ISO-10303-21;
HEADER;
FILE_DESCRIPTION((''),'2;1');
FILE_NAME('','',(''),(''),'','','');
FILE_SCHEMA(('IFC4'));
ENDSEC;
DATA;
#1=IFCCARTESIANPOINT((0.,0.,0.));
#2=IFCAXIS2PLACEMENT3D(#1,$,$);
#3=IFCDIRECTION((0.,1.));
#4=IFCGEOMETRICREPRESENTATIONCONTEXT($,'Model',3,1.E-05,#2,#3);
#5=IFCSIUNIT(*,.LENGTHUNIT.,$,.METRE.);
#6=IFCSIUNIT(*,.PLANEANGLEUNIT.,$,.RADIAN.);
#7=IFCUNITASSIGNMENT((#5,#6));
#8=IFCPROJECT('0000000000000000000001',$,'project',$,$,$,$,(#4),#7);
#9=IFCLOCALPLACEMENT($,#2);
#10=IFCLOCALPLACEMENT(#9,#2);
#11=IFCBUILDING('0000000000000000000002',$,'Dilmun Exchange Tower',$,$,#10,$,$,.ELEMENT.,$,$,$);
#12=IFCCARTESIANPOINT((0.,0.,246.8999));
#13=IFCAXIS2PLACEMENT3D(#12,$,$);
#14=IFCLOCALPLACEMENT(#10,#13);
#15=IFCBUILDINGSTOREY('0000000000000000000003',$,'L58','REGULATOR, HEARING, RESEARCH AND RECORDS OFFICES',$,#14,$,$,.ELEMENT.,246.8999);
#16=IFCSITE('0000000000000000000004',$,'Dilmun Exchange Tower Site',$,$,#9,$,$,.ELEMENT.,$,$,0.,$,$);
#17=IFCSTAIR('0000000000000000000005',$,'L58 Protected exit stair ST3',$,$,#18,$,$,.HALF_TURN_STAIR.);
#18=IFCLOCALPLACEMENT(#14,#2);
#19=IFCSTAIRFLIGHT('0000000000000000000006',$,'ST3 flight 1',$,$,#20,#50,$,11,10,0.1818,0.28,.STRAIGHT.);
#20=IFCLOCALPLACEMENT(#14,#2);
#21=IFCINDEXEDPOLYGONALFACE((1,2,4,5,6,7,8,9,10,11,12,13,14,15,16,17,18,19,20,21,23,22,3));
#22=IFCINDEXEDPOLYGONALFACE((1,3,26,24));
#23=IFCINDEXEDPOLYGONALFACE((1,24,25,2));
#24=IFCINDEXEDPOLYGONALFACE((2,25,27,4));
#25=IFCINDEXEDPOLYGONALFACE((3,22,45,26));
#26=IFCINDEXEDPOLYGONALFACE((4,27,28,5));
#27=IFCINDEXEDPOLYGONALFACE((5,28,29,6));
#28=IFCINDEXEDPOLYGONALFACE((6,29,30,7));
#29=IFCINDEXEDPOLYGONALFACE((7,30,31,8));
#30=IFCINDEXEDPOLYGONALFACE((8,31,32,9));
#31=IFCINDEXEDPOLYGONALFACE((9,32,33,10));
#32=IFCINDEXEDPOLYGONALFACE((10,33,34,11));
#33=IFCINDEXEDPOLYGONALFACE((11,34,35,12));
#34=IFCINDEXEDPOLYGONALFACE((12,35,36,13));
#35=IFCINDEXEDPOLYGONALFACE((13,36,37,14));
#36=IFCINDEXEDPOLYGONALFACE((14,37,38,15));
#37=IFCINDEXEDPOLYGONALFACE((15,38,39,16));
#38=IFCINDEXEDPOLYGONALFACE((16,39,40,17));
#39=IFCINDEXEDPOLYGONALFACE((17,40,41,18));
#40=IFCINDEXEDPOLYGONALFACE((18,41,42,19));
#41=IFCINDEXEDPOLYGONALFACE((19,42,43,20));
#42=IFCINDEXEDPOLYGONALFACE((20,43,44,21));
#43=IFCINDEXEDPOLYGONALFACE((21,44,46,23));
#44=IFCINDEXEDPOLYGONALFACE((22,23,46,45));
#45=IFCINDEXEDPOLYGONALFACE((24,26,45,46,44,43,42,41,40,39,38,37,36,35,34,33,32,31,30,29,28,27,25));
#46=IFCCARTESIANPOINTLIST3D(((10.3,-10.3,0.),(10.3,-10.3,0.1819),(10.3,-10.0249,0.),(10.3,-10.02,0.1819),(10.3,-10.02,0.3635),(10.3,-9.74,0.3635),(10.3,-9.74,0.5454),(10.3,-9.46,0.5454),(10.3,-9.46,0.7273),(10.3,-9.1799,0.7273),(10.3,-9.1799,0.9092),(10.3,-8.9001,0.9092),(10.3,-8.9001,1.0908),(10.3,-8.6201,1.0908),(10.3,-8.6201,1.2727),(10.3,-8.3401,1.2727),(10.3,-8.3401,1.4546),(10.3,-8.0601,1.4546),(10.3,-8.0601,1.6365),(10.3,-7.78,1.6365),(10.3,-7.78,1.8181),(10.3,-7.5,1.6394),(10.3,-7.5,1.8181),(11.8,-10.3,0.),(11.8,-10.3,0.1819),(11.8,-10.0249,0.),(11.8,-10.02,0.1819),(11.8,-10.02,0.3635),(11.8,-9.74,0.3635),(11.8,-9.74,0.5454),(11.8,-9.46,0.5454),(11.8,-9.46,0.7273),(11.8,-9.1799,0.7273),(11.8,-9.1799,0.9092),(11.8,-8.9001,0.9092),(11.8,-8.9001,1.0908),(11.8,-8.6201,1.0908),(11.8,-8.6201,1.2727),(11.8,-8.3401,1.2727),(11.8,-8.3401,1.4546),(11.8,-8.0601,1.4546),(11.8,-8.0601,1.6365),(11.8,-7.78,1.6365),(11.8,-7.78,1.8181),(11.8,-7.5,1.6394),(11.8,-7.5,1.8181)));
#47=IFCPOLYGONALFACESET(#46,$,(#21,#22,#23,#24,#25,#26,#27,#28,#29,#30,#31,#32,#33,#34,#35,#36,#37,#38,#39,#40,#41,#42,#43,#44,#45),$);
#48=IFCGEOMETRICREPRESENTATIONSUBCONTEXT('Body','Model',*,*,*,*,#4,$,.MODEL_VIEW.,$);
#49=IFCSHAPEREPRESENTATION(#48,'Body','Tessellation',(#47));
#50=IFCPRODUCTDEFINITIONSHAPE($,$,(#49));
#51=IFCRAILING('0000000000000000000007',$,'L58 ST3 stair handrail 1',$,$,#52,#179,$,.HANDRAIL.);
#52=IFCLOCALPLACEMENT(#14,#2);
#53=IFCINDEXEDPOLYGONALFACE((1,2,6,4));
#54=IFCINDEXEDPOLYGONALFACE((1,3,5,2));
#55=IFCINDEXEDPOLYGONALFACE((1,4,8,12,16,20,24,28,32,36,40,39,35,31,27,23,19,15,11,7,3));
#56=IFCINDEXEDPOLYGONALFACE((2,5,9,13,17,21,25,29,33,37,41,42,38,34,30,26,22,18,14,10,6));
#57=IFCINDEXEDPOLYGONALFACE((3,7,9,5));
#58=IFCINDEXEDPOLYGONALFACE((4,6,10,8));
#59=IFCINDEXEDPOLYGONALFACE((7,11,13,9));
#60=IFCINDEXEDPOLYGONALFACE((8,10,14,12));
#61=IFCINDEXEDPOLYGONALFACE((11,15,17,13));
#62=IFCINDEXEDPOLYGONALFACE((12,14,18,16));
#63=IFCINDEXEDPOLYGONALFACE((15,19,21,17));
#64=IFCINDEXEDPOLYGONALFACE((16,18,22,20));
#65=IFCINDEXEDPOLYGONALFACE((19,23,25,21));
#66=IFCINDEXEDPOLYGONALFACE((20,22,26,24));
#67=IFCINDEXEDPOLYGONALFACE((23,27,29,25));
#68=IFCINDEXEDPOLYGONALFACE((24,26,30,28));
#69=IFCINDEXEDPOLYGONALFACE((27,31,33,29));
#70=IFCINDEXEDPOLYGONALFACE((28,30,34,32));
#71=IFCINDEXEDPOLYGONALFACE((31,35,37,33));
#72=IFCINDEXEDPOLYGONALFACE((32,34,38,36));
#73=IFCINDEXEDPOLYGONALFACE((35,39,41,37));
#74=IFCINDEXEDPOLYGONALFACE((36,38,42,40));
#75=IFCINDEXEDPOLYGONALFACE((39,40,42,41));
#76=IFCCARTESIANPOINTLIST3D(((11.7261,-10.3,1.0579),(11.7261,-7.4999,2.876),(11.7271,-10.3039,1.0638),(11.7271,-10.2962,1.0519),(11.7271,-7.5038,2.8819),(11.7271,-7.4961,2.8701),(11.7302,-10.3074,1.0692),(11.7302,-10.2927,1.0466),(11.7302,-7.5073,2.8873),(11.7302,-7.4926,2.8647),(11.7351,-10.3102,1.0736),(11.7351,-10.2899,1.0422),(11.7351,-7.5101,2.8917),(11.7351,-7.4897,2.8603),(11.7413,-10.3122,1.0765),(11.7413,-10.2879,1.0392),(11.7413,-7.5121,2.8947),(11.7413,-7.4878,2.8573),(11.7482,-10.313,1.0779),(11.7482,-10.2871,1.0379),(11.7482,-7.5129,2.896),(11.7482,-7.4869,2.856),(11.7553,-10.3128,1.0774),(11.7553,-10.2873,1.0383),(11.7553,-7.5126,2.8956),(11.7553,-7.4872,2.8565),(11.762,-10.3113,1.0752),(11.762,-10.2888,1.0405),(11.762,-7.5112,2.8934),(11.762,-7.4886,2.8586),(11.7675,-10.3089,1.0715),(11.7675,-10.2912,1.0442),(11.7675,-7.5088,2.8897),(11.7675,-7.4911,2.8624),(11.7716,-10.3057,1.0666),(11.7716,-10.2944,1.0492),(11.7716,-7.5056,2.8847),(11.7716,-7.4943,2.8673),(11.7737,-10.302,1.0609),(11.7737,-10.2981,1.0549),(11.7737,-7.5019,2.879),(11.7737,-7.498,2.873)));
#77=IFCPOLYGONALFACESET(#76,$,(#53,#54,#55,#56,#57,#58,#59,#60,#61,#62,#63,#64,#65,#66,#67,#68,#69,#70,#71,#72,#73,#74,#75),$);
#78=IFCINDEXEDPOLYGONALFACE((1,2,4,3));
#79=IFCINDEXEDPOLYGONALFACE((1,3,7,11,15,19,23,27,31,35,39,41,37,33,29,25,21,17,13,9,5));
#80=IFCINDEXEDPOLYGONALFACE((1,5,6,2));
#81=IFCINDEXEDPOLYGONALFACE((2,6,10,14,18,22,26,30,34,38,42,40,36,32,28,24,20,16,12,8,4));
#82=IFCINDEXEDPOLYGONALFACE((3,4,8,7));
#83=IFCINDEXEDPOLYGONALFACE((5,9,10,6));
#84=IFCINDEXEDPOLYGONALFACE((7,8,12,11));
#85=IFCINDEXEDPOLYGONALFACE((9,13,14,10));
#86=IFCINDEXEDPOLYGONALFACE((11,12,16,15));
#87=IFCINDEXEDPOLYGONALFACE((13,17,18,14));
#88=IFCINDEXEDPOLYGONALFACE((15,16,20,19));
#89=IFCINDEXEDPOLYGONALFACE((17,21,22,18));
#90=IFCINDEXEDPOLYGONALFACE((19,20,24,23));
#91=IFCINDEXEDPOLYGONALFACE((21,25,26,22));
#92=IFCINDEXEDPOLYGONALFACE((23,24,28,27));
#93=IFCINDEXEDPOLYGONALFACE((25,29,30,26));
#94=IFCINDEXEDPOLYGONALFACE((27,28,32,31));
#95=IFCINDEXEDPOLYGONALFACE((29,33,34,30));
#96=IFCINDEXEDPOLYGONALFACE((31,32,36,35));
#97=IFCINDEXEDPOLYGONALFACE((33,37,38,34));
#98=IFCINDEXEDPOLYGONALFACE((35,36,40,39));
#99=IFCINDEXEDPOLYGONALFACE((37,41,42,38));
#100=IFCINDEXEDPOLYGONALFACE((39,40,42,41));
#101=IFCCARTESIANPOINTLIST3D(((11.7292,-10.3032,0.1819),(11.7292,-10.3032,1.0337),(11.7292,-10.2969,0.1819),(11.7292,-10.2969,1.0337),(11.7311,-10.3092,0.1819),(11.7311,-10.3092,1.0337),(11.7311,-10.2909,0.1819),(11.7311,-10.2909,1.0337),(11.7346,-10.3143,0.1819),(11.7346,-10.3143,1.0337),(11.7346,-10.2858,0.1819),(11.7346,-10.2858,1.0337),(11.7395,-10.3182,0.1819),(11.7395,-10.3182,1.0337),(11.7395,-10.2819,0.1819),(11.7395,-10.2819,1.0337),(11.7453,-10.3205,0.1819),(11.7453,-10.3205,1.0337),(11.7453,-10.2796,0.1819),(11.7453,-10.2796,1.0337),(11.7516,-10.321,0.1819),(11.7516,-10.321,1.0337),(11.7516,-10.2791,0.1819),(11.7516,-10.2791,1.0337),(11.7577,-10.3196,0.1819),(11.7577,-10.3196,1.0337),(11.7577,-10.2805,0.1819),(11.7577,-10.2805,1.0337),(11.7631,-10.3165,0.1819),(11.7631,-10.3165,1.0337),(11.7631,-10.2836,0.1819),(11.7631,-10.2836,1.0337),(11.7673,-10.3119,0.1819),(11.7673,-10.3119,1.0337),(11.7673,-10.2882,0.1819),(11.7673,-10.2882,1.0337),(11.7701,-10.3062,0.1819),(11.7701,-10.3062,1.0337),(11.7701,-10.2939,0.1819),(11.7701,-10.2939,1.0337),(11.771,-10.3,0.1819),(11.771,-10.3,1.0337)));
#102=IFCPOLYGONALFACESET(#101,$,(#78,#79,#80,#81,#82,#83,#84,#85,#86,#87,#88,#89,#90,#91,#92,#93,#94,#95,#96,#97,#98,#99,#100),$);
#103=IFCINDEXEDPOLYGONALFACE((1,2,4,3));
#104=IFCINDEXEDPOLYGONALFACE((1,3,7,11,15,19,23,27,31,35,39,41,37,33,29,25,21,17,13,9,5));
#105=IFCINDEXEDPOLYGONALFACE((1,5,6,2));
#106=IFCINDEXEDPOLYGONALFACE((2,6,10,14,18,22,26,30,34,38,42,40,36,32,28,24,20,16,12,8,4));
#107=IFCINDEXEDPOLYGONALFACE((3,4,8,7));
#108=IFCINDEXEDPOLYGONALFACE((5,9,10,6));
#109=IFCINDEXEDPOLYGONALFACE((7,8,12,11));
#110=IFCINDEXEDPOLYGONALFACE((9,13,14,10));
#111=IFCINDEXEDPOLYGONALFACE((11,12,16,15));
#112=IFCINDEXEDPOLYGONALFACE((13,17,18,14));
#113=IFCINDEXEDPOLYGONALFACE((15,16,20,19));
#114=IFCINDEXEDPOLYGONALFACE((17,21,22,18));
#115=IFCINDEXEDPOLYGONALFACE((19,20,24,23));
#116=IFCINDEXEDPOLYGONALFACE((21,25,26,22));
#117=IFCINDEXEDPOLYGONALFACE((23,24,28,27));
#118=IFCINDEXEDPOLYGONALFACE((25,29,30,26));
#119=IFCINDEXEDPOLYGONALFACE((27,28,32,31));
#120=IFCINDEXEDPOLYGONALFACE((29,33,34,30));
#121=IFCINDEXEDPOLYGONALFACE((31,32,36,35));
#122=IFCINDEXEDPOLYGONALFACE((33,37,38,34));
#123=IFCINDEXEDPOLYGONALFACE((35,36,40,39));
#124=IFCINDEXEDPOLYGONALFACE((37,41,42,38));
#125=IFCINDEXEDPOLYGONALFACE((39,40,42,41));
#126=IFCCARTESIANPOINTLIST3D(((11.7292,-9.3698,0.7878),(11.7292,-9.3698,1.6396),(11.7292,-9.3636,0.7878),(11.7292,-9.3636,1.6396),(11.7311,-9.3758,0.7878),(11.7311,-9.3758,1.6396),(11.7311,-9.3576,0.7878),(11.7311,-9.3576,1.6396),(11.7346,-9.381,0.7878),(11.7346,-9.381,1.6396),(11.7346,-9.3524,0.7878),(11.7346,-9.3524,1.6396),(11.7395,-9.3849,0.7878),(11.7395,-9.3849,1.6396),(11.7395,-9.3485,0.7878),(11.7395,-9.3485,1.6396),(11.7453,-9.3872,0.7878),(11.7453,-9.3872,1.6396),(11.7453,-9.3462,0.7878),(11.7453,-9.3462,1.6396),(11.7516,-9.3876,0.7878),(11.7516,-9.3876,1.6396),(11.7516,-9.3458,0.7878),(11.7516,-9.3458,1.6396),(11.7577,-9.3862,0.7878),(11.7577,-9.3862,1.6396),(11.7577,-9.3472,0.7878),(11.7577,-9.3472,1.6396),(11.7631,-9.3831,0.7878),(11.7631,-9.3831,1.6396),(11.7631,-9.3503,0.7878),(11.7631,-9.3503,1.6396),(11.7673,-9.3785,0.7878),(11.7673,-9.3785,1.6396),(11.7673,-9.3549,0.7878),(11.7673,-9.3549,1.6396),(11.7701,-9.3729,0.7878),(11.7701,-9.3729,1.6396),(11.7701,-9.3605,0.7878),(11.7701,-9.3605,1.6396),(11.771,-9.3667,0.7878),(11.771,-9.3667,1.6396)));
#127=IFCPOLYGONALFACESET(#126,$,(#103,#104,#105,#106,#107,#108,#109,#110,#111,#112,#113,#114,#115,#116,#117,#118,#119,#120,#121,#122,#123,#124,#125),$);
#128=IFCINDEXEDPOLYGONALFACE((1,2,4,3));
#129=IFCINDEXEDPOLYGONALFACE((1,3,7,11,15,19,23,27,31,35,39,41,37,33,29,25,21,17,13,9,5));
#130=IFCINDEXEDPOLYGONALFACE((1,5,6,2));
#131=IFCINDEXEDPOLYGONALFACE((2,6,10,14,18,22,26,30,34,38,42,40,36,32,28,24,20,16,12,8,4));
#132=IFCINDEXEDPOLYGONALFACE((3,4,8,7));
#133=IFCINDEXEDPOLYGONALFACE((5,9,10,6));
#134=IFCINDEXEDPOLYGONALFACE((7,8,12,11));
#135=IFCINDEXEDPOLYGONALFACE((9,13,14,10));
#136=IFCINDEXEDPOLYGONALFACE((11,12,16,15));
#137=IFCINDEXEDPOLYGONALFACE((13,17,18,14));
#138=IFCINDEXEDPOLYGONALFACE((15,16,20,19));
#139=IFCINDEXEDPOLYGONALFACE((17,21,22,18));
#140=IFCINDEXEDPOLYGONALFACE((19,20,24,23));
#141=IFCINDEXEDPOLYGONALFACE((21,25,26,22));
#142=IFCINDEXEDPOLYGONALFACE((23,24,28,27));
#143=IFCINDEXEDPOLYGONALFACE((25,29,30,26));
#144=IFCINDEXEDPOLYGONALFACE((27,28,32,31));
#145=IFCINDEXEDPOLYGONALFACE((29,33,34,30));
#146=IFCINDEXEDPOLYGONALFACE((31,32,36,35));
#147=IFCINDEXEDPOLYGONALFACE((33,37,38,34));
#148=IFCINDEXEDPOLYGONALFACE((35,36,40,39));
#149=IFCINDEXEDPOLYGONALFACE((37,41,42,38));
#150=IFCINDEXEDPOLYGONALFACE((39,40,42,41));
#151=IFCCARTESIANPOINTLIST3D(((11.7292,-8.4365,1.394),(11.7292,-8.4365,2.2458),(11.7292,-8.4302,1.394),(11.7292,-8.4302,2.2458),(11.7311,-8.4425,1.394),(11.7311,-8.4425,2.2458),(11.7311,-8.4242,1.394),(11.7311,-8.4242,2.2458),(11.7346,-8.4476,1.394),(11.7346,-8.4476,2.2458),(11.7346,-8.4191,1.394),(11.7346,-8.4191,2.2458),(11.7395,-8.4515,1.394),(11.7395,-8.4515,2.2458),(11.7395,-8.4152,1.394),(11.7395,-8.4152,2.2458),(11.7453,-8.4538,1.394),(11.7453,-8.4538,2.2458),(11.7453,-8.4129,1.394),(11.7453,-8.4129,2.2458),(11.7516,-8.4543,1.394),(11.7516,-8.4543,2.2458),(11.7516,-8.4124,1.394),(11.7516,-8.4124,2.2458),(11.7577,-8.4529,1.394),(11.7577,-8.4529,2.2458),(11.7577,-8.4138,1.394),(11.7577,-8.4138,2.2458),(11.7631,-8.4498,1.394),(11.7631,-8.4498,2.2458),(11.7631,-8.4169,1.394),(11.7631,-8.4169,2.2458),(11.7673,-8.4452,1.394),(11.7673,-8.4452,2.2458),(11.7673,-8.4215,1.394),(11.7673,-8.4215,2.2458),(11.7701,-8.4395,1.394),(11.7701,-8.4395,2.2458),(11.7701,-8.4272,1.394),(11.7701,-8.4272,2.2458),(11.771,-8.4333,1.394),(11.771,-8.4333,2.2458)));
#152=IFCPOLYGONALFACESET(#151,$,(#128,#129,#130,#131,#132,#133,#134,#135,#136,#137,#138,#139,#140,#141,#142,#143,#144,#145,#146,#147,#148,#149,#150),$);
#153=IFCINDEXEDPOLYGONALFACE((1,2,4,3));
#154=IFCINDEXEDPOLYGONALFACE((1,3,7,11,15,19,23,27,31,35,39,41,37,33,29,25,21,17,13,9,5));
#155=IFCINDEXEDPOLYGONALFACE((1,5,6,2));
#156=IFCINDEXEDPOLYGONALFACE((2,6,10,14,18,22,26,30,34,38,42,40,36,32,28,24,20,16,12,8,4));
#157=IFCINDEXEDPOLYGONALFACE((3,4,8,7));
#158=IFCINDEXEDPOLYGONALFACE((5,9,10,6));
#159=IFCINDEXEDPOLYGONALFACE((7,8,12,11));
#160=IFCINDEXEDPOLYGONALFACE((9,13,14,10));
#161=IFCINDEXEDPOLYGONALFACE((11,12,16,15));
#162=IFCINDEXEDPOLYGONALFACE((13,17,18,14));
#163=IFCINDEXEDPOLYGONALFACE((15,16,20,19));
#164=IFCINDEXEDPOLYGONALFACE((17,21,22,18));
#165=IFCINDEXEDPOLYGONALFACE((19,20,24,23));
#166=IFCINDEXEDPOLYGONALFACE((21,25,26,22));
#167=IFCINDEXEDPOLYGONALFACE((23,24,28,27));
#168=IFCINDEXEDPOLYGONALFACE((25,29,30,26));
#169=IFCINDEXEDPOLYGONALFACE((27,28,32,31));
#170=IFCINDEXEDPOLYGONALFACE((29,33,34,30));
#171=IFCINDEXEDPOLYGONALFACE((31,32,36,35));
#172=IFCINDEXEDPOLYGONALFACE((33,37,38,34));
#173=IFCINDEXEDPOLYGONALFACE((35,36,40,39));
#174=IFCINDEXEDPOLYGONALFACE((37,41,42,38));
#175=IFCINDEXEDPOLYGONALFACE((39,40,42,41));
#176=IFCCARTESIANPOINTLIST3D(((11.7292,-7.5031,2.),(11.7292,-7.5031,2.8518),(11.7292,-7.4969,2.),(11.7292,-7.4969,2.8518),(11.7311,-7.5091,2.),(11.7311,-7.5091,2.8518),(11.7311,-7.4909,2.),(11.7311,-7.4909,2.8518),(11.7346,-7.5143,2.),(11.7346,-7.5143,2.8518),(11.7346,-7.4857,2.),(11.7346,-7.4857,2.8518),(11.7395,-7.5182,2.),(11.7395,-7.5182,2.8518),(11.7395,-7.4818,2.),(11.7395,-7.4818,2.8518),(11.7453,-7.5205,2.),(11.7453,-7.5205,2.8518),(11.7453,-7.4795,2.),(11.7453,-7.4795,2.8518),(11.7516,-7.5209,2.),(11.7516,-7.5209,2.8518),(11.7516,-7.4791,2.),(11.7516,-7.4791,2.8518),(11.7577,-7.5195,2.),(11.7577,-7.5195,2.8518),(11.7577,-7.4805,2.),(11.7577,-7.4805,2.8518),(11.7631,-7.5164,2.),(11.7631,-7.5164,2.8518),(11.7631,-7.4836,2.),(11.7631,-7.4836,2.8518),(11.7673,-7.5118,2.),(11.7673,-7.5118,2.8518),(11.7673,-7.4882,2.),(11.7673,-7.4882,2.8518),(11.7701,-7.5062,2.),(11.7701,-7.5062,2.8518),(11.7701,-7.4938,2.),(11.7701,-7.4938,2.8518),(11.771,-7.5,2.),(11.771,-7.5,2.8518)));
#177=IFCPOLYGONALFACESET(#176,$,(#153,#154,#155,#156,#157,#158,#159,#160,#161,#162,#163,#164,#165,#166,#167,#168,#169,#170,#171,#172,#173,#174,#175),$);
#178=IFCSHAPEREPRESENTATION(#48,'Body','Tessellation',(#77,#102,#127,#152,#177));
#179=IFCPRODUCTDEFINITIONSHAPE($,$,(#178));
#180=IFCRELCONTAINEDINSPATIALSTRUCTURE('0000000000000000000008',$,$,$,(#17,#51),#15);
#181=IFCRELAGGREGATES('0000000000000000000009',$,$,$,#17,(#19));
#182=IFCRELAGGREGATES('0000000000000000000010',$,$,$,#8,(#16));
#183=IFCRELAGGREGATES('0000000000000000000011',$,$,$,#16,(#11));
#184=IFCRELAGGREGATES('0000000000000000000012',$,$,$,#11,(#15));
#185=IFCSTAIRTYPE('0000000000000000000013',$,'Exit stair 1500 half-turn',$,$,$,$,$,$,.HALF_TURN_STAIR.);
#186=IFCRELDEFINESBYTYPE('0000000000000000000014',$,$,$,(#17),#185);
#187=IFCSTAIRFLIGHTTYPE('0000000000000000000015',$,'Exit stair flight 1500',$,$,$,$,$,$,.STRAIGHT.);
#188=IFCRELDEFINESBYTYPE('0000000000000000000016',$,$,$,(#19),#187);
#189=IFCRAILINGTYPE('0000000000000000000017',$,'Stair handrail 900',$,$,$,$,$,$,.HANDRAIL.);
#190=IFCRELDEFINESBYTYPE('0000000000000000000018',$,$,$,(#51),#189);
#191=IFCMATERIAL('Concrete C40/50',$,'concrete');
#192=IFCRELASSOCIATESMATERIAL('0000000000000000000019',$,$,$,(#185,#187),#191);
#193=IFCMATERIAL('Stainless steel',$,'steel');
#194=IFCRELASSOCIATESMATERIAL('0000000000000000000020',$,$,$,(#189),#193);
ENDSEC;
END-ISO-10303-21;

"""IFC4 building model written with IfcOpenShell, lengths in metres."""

from ifc_helpers import new_model, si_unit, direction, frame, origin, origin_2d, place, context, subcontext, project, spatial, polyline, circle, outline, extrude, material, type_object, element, aggregate, save


model = new_model("IFC4")

# Units and contexts
model_context = context("Model", 3, precision=1e-05, world=origin(), true_north=direction((0.0, 1.0)))
body_context = subcontext(model_context, "Body", "Model", "MODEL_VIEW")
ifc_project = project(units=[si_unit("LENGTHUNIT", "METRE"), si_unit("PLANEANGLEUNIT", "RADIAN")], contexts=[model_context])

# Site, building, storey
site_placement = place(None, origin())
site = spatial("IfcSite", under=ifc_project, at=site_placement, Name="Dilmun Exchange Tower Site", CompositionType="ELEMENT", RefElevation=0.0)
building_placement = place(site_placement, origin())
building = spatial("IfcBuilding", under=site, at=building_placement, Name="Dilmun Exchange Tower", CompositionType="ELEMENT")
storey_placement = place(building_placement, frame((0.0, 0.0, 246.8999)))
storey = spatial("IfcBuildingStorey", under=building, at=storey_placement, Name="L58", Description="REGULATOR, HEARING, RESEARCH AND RECORDS OFFICES", CompositionType="ELEMENT", Elevation=246.8999)

# Shared definitions
ifc_material_1 = material(Name="Concrete C40/50", Category="concrete")

# Stair, stair flight
stair_type = type_object("IfcStairType", Name="Exit stair 1500 half-turn", PredefinedType="HALF_TURN_STAIR", material=ifc_material_1)
stair_placement = place(storey_placement, origin())
stair = element("IfcStair", 1, at=stair_placement, inside=storey, type_object=stair_type, Name="L58 Protected exit stair ST3", PredefinedType="HALF_TURN_STAIR")
stair_flight_type = type_object("IfcStairFlightType", Name="Exit stair flight 1500", PredefinedType="STRAIGHT", material=ifc_material_1)
stair_flight_placement = place(storey_placement, frame((11.05, -10.3, 0.0), z_axis=(0.0, 0.0, 1.0), x_axis=(0.0, 1.0, 0.0)))
stair_flight = element("IfcStairFlight", 2, at=stair_flight_placement, type_object=stair_flight_type, Name="ST3 flight 1", NumberOfRisers=11, NumberOfTreads=10, PredefinedType="STRAIGHT", RiserHeight=0.1818, TreadLength=0.28, context=body_context, shape_type="SweptSolid", body=[
    extrude(outline(polyline([(0.0, 0.0), (0.0, 0.1819), (0.28, 0.1819), (0.28, 0.3635), (0.5601, 0.3635), (0.5601, 0.5454), (0.8401, 0.5454), (0.8401, 0.7273), (1.1201, 0.7273), (1.1201, 0.9092), (1.3999, 0.9092), (1.3999, 1.0908), (1.6799, 1.0908), (1.6799, 1.2727), (1.96, 1.2727), (1.96, 1.4546), (2.24, 1.4546), (2.24, 1.6365), (2.52, 1.6365), (2.52, 1.8181), (2.8, 1.8181), (2.8, 2.0), (2.8, 1.6394), (0.2751, 0.0), (0.0, 0.0)])), frame((0.0, 0.75, 0.0), z_axis=(0.0, -1.0, 0.0), x_axis=(1.0, 0.0, 0.0)), (0.0, 0.0, 1.0), 1.5),
])
aggregate(stair, [stair_flight])

# Railing
ifc_material_2 = material(Name="Stainless steel", Category="steel")
railing_type = type_object("IfcRailingType", Name="Stair handrail 900", PredefinedType="HANDRAIL", material=ifc_material_2)
railing_1_placement = place(storey_placement, frame((11.75, -10.3, 0.1819)))
element("IfcRailing", 3, at=railing_1_placement, inside=storey, type_object=railing_type, Name="L58 ST3 stair handrail 1", PredefinedType="HANDRAIL", context=body_context, shape_type="SweptSolid", body=[
    extrude(circle(Radius=0.0239, at=origin_2d()), frame((0.0, 0.0, 0.876), z_axis=(0.0, 0.838706, 0.544585), x_axis=(-1.0, 0.0, 0.0)), (0.0, 0.0, 1.0), 3.3386),
    extrude(circle(Radius=0.021, at=origin_2d()), origin(), (0.0, 0.0, 1.0), 0.8518),
    extrude(circle(Radius=0.021, at=origin_2d()), frame((0.0, 0.9333, 0.606)), (0.0, 0.0, 1.0), 0.8518),
    extrude(circle(Radius=0.021, at=origin_2d()), frame((0.0, 1.8667, 1.2122)), (0.0, 0.0, 1.0), 0.8518),
    extrude(circle(Radius=0.021, at=origin_2d()), frame((0.0, 2.8, 1.8181)), (0.0, 0.0, 1.0), 0.8518),
])

save(model, "model.ifc")
